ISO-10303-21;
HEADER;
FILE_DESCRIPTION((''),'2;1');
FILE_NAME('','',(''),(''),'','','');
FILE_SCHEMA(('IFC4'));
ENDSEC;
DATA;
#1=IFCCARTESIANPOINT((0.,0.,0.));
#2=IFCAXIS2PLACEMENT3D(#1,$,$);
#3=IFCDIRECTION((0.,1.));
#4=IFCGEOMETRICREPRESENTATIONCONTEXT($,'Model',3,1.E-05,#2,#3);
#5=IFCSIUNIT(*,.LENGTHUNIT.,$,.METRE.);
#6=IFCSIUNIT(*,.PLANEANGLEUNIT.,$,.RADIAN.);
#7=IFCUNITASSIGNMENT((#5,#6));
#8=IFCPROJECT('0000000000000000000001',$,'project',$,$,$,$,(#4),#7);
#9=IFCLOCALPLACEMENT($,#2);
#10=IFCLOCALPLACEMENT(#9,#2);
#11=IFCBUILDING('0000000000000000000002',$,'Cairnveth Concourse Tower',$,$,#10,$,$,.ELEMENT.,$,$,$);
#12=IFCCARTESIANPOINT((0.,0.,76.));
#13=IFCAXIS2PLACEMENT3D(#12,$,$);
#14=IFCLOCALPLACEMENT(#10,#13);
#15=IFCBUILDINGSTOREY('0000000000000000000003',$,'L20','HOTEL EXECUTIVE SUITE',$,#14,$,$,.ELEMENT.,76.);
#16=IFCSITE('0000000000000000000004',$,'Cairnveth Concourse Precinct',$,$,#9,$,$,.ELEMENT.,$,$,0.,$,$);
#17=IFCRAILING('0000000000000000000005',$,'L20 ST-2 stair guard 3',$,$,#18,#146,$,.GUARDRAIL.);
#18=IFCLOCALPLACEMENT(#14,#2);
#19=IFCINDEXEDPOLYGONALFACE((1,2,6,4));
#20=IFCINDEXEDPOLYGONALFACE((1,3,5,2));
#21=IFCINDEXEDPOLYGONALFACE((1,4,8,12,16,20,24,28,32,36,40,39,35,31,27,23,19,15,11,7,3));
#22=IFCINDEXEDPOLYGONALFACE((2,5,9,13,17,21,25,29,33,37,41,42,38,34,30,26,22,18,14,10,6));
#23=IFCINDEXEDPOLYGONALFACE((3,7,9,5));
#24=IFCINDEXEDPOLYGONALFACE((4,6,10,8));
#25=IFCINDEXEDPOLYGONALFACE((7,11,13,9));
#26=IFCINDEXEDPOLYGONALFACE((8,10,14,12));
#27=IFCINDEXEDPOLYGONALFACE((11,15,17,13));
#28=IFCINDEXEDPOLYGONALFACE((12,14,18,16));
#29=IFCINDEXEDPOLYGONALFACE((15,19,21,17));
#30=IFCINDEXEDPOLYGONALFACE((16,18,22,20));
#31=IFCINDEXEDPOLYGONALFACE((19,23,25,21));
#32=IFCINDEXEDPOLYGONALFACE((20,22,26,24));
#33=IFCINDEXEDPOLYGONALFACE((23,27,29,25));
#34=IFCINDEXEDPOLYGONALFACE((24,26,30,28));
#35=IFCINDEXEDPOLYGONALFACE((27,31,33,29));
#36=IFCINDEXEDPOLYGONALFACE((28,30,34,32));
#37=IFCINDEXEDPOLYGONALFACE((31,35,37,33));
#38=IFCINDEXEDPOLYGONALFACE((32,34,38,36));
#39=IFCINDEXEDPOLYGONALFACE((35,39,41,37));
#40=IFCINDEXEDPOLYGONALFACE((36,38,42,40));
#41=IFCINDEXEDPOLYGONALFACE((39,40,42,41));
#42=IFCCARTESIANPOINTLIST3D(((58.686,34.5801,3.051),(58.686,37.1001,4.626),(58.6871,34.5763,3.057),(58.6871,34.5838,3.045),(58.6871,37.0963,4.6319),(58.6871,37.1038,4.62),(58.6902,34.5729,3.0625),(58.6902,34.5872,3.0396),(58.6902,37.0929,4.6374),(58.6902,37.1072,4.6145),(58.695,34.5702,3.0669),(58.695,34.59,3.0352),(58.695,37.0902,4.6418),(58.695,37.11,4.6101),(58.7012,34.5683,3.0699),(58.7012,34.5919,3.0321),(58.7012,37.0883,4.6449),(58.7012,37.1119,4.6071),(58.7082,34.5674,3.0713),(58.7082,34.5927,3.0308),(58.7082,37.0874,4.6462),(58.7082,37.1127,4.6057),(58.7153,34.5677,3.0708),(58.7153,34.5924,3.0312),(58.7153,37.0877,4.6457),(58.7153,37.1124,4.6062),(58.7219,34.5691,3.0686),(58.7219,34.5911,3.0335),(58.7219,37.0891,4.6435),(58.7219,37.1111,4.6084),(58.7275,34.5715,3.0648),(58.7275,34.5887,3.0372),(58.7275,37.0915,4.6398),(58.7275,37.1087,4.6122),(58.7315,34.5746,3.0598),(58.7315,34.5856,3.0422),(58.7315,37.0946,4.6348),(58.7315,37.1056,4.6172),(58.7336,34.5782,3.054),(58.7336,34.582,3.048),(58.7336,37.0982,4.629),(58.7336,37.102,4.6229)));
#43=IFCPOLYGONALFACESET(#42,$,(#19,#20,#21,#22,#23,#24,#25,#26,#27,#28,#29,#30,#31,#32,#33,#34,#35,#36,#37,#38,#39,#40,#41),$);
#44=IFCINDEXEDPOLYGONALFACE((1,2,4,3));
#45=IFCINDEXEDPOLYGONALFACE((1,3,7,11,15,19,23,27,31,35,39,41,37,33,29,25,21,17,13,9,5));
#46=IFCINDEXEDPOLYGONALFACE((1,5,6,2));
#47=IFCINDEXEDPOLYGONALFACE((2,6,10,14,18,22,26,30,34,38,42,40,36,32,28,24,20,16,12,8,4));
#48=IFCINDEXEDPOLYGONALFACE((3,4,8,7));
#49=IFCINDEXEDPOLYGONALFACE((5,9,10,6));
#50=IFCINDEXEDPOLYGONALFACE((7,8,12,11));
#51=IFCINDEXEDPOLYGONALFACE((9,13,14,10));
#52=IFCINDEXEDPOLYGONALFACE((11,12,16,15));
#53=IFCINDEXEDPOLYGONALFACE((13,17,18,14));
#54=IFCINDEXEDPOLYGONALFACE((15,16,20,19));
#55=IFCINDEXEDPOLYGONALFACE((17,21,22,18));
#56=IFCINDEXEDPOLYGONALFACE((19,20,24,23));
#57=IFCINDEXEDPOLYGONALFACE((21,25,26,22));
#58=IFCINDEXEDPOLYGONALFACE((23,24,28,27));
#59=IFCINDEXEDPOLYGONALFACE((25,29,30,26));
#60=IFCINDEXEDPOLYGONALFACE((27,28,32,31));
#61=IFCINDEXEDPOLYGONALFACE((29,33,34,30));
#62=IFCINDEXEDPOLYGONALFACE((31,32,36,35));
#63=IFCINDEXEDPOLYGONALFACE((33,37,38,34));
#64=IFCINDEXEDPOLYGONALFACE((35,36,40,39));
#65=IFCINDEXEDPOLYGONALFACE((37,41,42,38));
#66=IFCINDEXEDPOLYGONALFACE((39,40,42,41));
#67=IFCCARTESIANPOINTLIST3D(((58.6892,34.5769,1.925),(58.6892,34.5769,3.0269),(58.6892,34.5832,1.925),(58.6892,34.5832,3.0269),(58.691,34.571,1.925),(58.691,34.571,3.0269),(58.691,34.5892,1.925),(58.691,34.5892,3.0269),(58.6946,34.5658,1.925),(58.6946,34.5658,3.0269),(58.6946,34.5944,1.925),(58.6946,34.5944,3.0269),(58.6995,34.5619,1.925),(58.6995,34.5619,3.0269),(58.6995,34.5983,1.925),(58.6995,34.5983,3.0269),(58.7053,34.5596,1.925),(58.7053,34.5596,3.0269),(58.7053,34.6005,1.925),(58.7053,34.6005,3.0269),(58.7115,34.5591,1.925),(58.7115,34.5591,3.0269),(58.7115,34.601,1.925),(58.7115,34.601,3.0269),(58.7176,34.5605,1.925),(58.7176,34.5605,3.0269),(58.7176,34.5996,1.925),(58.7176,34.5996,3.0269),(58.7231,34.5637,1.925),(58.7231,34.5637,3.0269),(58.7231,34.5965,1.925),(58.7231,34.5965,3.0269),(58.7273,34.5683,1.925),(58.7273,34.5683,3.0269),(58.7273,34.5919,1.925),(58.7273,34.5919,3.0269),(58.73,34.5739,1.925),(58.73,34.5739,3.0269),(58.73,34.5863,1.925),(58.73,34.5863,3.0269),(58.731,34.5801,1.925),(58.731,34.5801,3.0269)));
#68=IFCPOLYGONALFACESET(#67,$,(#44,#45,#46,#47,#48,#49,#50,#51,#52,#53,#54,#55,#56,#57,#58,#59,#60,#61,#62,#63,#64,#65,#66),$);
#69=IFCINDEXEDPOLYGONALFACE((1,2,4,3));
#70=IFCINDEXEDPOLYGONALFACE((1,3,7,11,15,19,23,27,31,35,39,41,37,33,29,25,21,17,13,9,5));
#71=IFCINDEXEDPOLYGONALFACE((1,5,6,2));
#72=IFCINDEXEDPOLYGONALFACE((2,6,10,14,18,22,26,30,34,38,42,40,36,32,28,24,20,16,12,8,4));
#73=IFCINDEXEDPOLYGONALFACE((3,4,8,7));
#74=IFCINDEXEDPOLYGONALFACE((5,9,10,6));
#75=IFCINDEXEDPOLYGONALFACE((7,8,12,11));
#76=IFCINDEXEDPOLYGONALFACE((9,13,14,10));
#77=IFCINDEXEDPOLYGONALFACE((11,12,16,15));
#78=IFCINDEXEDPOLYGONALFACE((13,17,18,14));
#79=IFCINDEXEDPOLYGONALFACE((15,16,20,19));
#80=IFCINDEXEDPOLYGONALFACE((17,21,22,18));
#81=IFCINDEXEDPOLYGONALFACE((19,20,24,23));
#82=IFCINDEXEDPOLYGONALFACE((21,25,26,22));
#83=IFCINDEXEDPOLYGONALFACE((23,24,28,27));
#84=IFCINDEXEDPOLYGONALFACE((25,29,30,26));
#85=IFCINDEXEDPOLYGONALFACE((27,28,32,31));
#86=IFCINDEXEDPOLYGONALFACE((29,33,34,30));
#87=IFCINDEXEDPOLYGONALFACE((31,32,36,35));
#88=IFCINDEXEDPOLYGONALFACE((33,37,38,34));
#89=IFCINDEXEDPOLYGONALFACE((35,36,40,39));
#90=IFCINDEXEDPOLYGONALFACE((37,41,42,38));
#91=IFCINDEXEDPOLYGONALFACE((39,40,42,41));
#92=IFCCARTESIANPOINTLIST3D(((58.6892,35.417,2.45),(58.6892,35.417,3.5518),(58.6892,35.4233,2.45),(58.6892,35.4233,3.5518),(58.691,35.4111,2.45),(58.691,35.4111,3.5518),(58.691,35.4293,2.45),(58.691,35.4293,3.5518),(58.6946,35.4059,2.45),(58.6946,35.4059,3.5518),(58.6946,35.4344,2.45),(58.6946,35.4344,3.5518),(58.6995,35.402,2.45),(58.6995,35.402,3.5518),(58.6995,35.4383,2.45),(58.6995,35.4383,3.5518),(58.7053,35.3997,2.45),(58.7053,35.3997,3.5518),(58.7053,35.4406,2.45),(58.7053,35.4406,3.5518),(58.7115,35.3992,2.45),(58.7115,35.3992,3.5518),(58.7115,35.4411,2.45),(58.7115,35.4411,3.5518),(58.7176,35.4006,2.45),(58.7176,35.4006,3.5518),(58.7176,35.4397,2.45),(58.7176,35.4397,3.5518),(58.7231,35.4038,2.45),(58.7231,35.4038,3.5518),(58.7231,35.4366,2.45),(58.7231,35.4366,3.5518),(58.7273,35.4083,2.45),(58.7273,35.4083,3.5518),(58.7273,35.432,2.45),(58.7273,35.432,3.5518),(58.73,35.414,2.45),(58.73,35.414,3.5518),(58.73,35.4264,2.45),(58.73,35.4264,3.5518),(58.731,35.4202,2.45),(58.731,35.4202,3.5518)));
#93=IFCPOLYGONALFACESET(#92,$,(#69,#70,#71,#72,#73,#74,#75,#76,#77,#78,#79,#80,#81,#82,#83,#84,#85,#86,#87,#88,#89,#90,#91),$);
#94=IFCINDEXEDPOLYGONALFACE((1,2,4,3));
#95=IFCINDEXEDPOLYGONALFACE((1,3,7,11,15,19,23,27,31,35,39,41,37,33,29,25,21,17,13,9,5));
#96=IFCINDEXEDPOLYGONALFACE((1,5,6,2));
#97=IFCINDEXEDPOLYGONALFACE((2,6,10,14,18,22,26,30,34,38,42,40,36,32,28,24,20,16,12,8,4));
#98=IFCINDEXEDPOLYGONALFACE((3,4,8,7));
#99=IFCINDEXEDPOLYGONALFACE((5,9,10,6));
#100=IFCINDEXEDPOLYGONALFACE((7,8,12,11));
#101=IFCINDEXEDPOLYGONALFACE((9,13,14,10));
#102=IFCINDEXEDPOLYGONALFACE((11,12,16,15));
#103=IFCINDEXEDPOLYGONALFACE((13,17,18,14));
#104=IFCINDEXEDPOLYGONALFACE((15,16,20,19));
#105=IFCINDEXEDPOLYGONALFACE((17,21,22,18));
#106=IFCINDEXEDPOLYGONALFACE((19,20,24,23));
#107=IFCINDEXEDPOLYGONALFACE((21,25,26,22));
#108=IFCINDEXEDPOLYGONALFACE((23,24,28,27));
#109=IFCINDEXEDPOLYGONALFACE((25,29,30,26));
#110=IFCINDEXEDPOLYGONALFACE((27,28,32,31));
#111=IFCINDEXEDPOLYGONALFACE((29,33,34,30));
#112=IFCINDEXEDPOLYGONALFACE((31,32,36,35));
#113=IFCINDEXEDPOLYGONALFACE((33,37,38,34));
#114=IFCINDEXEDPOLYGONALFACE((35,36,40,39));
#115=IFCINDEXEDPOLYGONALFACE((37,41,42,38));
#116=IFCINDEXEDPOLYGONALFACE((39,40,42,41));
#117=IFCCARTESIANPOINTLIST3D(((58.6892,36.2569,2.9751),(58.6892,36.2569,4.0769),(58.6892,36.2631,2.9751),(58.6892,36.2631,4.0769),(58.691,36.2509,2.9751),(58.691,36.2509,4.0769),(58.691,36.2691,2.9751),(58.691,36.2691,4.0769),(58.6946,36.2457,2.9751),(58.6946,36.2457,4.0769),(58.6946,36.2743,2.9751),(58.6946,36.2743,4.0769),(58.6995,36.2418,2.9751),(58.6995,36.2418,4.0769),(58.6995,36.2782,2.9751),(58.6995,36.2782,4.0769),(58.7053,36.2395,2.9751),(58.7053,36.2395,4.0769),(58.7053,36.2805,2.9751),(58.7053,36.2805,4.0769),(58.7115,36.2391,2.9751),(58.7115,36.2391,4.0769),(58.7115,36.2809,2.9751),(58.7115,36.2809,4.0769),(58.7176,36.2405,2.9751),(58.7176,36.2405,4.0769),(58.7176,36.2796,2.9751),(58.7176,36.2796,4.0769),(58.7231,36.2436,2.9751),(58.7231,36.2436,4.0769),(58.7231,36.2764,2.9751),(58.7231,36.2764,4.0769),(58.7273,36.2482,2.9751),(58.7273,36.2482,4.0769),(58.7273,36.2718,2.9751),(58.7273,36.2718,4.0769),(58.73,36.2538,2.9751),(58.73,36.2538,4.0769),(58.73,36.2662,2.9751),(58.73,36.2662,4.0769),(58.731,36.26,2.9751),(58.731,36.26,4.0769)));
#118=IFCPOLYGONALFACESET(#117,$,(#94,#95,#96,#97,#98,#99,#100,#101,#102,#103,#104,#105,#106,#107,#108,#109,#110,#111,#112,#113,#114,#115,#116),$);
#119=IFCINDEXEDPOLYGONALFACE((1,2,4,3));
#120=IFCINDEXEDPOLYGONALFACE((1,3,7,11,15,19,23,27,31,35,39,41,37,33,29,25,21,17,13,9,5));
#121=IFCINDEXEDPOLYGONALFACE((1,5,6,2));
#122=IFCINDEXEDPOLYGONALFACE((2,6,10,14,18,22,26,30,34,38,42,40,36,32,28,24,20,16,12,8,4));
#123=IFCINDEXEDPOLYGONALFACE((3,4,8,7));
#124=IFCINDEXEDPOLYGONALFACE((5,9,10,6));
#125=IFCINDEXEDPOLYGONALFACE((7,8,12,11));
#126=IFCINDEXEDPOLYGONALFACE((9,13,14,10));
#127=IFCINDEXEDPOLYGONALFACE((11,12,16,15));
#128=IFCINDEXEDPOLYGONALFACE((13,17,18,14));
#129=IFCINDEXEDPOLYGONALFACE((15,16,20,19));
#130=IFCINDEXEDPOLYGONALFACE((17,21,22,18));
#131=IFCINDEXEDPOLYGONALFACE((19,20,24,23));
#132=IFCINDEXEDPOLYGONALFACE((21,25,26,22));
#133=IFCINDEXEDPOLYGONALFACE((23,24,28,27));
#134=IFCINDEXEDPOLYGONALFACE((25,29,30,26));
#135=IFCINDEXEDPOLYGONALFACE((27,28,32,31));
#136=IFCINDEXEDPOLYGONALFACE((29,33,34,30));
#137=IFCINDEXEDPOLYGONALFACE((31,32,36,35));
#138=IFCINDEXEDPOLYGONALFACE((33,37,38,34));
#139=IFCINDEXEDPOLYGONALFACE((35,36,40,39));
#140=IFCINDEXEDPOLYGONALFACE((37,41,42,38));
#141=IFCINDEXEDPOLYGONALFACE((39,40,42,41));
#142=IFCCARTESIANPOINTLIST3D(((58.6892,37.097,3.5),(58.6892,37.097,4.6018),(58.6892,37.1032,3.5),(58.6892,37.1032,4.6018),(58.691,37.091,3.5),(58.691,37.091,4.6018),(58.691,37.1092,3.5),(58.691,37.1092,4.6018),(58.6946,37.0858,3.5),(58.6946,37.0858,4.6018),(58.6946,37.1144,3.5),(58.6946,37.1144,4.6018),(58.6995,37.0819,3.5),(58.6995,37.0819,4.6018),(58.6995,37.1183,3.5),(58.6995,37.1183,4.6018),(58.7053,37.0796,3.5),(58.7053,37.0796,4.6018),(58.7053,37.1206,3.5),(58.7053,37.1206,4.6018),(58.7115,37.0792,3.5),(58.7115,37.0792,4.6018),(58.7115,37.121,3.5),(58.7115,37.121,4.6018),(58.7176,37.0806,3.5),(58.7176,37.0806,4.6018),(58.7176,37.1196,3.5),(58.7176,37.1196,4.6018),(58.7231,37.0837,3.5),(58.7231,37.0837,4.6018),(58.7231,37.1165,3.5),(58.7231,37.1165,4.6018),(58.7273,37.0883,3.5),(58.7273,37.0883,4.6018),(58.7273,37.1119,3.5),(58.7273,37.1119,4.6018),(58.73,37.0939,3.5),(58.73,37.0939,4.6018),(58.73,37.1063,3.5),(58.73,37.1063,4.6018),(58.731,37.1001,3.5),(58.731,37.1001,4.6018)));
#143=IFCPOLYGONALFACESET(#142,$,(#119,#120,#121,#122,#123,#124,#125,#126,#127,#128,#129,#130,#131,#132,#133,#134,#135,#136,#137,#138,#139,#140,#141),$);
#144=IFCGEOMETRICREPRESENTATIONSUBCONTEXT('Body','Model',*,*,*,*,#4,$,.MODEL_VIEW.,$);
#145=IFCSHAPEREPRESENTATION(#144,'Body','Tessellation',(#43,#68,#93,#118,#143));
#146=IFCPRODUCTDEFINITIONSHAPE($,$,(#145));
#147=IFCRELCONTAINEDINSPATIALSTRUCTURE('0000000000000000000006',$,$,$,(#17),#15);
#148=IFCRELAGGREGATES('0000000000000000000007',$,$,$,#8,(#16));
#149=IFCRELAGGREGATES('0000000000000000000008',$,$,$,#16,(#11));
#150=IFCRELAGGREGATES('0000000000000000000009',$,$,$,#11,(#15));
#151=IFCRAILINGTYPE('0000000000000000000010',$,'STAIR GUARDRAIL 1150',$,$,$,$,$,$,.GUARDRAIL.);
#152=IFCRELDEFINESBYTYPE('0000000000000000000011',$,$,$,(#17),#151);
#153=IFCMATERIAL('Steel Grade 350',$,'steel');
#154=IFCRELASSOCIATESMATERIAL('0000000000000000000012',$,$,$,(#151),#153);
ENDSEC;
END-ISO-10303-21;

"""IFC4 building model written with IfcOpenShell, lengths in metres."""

from ifc_helpers import new_model, si_unit, direction, frame, origin, origin_2d, place, context, subcontext, project, spatial, circle, extrude, material, type_object, element, save


model = new_model("IFC4")

# Units and contexts
model_context = context("Model", 3, precision=1e-05, world=origin(), true_north=direction((0.0, 1.0)))
body_context = subcontext(model_context, "Body", "Model", "MODEL_VIEW")
ifc_project = project(units=[si_unit("LENGTHUNIT", "METRE"), si_unit("PLANEANGLEUNIT", "RADIAN")], contexts=[model_context])

# Site, building, storey
site_placement = place(None, origin())
site = spatial("IfcSite", under=ifc_project, at=site_placement, Name="Cairnveth Concourse Precinct", CompositionType="ELEMENT", RefElevation=0.0)
building_placement = place(site_placement, origin())
building = spatial("IfcBuilding", under=site, at=building_placement, Name="Cairnveth Concourse Tower", CompositionType="ELEMENT")
storey_placement = place(building_placement, frame((0.0, 0.0, 76.0)))
storey = spatial("IfcBuildingStorey", under=building, at=storey_placement, Name="L20", Description="HOTEL EXECUTIVE SUITE", CompositionType="ELEMENT", Elevation=76.0)

# Shared definitions
ifc_material_1 = material(Name="Steel Grade 350", Category="steel")

# Railing
railing_type_1 = type_object("IfcRailingType", Name="STAIR GUARDRAIL 1150", PredefinedType="GUARDRAIL", material=ifc_material_1)
railing_1_placement = place(storey_placement, frame((58.71, 34.5801, 1.925)))
element("IfcRailing", 1, at=railing_1_placement, inside=storey, type_object=railing_type_1, Name="L20 ST-2 stair guard 3", PredefinedType="GUARDRAIL", context=body_context, shape_type="SweptSolid", body=[
    extrude(circle(Radius=0.0239, at=origin_2d()), frame((0.0, 0.0, 1.126), z_axis=(0.0, 0.848008, 0.529984), x_axis=(-1.0, 0.0, 0.0)), (0.0, 0.0, 1.0), 2.9717),
    extrude(circle(Radius=0.021, at=origin_2d()), origin(), (0.0, 0.0, 1.0), 1.1018),
    extrude(circle(Radius=0.021, at=origin_2d()), frame((0.0, 0.8401, 0.5249)), (0.0, 0.0, 1.0), 1.1018),
    extrude(circle(Radius=0.021, at=origin_2d()), frame((0.0, 1.6799, 1.05)), (0.0, 0.0, 1.0), 1.1018),
    extrude(circle(Radius=0.021, at=origin_2d()), frame((0.0, 2.52, 1.575)), (0.0, 0.0, 1.0), 1.1018),
])

save(model, "model.ifc")
